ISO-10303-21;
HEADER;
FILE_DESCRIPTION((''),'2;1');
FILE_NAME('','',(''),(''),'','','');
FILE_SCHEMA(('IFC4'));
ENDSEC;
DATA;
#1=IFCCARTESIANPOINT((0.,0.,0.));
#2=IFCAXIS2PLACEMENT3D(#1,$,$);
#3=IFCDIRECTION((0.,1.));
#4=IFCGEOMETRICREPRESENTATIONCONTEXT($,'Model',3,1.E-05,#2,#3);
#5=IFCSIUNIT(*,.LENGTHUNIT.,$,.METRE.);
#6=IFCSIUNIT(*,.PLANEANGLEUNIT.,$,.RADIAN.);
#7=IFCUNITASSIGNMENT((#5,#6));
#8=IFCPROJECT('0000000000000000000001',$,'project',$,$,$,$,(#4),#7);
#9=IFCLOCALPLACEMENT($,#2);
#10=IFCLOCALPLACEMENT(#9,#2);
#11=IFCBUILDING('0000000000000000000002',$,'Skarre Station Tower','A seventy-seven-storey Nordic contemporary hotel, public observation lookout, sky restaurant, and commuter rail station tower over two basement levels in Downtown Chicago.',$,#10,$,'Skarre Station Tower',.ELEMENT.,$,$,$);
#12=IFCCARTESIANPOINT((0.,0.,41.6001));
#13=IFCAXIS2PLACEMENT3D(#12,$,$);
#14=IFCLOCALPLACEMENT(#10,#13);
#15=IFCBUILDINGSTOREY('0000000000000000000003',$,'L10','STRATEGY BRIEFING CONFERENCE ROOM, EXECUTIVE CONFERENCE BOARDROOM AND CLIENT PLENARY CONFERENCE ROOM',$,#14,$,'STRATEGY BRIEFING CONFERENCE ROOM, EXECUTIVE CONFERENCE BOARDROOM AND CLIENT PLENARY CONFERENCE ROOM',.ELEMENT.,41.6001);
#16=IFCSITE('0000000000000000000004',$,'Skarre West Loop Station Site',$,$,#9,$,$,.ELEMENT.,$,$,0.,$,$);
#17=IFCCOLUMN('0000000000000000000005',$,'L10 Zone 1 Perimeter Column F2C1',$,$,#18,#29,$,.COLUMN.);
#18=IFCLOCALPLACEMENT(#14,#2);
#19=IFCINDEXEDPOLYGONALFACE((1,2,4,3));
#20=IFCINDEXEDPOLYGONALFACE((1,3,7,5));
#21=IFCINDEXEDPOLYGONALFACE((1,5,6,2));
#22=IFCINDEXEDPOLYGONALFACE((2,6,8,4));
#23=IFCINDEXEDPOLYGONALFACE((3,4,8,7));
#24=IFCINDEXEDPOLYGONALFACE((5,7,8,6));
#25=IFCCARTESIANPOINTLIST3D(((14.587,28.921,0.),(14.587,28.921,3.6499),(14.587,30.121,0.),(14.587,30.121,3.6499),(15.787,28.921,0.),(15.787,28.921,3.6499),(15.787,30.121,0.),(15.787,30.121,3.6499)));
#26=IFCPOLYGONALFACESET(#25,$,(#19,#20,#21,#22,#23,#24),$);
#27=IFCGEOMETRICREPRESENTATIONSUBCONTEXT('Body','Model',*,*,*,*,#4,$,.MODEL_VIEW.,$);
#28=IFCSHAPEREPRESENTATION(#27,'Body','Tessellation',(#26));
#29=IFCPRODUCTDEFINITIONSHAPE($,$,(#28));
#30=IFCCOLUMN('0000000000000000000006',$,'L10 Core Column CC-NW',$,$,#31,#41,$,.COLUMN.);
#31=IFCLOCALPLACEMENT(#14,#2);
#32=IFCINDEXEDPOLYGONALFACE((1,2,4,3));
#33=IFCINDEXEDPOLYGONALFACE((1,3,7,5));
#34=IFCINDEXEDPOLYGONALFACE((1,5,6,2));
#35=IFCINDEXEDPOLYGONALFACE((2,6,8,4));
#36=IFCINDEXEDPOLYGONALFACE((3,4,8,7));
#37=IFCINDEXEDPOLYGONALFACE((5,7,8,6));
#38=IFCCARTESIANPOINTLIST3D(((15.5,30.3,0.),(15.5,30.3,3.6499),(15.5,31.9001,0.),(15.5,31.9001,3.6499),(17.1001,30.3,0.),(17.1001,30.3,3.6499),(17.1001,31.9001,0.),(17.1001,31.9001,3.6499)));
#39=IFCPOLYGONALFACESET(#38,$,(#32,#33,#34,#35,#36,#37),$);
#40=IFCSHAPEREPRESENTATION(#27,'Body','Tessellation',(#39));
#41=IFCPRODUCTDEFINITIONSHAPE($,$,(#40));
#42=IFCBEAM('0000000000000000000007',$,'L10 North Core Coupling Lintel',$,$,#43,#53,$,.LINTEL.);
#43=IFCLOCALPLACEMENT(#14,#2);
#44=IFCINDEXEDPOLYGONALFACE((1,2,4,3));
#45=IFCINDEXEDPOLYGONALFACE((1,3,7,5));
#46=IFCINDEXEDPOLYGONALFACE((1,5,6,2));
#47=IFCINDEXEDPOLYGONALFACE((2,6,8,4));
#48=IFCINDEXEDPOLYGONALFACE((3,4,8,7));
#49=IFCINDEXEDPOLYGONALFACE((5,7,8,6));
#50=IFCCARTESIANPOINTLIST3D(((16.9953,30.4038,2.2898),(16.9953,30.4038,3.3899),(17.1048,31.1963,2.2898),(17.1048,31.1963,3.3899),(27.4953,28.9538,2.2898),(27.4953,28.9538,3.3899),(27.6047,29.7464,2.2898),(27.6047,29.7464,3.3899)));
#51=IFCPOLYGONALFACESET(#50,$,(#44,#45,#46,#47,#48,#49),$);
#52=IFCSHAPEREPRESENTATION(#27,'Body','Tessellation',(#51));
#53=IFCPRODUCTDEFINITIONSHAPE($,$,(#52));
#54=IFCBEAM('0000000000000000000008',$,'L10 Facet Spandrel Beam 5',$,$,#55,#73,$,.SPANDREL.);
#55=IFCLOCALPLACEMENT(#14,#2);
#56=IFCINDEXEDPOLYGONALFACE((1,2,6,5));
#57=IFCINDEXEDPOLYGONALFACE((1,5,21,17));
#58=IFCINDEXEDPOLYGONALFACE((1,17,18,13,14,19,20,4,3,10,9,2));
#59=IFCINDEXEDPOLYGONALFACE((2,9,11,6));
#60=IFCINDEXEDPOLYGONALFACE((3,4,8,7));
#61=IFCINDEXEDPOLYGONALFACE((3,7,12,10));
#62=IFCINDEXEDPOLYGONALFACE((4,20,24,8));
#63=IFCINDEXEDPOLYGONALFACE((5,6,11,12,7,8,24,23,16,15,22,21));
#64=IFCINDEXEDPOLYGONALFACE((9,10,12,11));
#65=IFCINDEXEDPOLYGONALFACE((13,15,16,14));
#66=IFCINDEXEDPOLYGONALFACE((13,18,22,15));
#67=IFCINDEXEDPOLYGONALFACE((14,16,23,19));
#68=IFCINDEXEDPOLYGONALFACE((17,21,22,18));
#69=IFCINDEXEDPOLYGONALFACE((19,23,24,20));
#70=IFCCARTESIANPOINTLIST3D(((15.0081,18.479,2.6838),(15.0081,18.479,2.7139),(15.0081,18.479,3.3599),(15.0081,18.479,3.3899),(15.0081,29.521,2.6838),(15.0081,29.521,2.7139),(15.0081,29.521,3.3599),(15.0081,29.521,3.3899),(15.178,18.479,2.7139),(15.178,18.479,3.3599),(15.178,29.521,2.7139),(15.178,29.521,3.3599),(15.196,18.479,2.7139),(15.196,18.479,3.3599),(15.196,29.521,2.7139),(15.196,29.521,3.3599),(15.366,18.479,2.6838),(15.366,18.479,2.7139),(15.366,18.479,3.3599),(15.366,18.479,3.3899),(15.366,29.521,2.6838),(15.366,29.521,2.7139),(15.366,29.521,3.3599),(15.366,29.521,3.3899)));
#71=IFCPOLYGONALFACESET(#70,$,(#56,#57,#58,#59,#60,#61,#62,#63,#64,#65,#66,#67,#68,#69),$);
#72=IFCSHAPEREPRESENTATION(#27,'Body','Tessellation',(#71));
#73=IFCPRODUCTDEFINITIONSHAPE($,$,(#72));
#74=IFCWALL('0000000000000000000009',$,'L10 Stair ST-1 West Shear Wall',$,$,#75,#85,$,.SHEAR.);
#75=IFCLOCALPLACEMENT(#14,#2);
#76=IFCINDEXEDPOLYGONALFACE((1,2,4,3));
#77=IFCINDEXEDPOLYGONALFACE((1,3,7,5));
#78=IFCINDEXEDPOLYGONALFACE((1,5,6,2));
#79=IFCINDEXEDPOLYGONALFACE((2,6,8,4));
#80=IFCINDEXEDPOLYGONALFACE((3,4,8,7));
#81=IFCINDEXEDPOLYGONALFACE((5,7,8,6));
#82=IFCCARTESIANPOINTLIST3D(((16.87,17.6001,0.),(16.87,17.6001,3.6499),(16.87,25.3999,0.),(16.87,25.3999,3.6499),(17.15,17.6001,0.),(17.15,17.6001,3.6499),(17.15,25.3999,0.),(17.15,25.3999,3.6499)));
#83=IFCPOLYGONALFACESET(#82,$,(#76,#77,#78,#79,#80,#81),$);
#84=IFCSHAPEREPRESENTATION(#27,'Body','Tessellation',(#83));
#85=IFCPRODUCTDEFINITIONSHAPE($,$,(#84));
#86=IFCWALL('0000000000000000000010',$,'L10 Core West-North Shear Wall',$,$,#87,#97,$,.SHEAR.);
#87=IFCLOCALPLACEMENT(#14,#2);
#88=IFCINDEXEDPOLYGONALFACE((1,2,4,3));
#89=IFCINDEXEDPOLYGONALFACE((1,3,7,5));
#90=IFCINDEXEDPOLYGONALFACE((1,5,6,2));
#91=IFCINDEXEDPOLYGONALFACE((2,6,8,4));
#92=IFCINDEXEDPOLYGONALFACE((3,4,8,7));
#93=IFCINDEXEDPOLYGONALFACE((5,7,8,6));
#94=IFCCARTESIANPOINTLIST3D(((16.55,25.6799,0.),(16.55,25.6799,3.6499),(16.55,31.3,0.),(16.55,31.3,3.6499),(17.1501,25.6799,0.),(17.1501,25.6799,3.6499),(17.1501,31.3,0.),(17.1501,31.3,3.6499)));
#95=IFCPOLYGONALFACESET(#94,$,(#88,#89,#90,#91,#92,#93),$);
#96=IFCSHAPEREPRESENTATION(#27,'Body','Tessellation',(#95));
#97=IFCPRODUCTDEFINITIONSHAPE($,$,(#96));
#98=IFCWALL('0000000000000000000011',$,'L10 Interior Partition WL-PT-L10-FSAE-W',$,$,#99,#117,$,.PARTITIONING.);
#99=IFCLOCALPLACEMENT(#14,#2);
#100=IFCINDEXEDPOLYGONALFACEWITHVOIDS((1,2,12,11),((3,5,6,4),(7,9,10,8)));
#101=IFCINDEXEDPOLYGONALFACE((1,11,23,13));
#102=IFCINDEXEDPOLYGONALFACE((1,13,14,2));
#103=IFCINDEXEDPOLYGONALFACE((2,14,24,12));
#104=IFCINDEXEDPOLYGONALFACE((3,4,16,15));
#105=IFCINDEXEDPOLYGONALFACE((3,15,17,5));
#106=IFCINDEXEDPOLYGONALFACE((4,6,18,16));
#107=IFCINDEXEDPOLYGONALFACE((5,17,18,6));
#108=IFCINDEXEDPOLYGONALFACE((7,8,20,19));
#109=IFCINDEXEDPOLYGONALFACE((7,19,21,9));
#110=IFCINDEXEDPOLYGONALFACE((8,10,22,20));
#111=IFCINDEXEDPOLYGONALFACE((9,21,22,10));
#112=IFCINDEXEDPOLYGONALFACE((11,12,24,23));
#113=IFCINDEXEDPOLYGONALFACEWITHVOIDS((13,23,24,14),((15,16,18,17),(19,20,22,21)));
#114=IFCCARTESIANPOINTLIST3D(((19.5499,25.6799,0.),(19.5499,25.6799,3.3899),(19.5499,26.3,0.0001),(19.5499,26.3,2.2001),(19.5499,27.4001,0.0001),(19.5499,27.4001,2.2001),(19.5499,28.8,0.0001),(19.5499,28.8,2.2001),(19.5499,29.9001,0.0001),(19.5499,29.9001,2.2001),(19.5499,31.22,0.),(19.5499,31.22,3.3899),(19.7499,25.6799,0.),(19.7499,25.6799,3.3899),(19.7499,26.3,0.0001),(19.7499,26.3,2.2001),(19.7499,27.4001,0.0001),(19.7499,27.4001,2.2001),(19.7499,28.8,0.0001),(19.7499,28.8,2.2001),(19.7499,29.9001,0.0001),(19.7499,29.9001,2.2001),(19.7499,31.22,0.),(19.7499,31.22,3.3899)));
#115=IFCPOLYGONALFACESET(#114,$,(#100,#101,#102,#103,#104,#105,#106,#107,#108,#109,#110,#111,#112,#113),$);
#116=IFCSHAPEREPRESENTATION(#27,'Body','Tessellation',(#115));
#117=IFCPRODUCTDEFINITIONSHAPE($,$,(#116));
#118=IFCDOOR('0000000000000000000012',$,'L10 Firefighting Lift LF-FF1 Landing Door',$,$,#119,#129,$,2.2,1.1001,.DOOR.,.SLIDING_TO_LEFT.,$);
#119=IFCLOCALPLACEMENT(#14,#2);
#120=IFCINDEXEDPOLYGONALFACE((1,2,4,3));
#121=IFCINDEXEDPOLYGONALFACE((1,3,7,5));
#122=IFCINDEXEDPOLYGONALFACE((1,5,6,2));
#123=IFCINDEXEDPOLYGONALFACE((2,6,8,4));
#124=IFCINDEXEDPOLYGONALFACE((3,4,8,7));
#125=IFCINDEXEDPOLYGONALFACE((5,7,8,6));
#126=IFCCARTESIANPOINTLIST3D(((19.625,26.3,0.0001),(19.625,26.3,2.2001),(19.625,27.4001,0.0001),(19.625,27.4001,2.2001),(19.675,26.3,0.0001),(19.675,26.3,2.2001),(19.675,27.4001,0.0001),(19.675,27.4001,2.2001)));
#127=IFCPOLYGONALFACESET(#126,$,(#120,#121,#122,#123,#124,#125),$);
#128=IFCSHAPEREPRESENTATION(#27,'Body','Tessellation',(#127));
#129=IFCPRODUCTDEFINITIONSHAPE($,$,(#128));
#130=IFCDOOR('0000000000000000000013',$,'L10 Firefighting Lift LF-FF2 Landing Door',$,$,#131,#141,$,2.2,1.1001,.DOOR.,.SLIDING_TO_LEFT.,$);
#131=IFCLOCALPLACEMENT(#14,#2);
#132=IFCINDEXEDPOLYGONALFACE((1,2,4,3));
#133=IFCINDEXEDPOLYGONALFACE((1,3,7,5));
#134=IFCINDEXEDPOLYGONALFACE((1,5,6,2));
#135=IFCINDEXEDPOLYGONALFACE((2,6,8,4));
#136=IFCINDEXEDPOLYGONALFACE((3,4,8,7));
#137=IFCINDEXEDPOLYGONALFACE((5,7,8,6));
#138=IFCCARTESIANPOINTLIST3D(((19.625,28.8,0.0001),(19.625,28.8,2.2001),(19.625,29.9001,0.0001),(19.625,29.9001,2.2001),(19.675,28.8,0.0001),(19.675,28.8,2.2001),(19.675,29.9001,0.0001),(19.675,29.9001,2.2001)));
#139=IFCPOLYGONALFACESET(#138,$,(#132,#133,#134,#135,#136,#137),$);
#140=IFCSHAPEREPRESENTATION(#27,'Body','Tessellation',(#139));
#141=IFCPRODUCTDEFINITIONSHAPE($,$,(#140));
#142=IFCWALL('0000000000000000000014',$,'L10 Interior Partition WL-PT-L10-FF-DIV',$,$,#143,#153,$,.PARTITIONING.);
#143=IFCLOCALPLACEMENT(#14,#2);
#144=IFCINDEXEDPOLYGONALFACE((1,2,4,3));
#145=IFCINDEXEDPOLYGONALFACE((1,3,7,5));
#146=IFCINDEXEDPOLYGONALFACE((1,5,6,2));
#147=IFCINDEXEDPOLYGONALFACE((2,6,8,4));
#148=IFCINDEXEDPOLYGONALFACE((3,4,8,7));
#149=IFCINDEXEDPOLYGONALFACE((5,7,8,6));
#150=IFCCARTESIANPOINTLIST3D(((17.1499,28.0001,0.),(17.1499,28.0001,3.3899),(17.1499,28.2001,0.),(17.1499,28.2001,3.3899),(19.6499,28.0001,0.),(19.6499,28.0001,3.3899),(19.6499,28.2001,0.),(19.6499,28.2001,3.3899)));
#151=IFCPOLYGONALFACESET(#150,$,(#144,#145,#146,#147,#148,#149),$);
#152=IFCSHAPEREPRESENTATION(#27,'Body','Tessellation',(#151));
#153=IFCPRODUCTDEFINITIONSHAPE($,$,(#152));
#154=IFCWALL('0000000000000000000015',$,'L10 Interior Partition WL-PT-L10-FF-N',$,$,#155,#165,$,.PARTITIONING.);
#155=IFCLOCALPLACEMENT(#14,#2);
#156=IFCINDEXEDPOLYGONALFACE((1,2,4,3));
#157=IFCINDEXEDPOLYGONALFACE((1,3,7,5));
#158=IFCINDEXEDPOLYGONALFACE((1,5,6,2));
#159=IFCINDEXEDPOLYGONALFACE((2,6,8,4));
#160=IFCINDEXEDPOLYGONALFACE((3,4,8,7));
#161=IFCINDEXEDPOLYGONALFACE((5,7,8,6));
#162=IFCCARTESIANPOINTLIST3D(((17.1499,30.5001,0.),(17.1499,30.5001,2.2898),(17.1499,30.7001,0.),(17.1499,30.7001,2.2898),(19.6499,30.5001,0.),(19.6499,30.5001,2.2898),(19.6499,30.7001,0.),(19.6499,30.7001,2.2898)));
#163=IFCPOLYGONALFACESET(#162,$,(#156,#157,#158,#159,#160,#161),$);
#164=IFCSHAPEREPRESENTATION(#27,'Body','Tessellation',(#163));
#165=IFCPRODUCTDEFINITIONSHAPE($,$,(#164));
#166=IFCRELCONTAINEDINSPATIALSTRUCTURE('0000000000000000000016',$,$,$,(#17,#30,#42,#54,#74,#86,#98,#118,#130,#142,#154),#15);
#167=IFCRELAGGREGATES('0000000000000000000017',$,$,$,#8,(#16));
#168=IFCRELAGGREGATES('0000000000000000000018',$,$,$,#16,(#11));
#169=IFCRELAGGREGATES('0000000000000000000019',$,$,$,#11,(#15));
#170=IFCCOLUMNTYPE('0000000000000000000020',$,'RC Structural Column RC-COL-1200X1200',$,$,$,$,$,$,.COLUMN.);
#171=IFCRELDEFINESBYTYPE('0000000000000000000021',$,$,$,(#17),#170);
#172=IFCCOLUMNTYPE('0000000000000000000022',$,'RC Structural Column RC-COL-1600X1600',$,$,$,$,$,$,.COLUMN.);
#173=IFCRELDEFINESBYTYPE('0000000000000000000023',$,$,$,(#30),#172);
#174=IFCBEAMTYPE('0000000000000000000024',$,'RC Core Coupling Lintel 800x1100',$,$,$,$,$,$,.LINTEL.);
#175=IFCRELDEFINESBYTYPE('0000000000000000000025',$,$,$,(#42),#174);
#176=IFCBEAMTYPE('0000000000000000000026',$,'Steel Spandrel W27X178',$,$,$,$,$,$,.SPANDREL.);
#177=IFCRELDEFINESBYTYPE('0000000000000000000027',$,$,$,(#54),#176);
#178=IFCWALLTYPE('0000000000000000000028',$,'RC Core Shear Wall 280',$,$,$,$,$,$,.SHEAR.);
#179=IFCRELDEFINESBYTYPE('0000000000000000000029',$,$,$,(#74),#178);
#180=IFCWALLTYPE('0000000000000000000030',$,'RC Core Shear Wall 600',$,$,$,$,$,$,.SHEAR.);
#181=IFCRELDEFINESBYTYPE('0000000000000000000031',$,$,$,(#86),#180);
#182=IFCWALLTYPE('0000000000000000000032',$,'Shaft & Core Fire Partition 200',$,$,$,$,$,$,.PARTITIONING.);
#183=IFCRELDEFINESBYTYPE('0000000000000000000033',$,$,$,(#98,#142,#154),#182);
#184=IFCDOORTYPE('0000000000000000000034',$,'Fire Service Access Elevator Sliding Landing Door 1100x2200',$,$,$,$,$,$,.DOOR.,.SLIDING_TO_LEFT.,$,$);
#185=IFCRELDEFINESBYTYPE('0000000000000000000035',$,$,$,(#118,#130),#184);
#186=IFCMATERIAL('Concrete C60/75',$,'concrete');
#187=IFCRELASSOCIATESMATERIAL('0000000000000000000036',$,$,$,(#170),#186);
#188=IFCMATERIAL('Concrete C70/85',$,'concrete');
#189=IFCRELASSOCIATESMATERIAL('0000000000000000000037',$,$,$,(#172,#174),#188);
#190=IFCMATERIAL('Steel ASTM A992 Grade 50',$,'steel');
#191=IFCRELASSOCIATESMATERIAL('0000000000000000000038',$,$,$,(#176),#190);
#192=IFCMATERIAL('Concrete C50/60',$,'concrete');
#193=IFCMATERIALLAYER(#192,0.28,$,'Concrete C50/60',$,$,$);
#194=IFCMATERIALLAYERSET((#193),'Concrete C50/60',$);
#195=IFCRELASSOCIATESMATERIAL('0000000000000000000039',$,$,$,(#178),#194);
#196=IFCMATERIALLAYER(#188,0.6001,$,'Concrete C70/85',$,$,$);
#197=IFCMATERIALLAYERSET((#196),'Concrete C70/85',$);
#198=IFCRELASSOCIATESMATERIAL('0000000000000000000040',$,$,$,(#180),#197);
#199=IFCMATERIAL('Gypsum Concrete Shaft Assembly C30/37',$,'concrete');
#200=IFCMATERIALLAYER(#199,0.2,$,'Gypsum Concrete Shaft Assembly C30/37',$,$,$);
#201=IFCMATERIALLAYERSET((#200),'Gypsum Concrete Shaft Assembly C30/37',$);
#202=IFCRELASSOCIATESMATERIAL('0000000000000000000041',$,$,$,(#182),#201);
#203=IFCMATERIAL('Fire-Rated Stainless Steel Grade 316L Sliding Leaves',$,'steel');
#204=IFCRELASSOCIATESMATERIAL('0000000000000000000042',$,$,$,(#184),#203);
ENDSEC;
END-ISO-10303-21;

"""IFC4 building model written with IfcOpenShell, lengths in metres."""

from ifc_helpers import new_model, si_unit, direction, frame, frame_2d, origin, origin_2d, place, context, subcontext, project, spatial, rectangle, i_section, extrude, material, layer, layer_set, material_profile, profile_set, type_object, element, fill, save


model = new_model("IFC4")

# Units and contexts
model_context = context("Model", 3, precision=1e-05, world=origin(), true_north=direction((0.0, 1.0)))
body_context = subcontext(model_context, "Body", "Model", "MODEL_VIEW")
ifc_project = project(units=[si_unit("LENGTHUNIT", "METRE"), si_unit("PLANEANGLEUNIT", "RADIAN")], contexts=[model_context])

# Site, building, storey
site_placement = place(None, origin())
site = spatial("IfcSite", under=ifc_project, at=site_placement, Name="Skarre West Loop Station Site", CompositionType="ELEMENT", RefElevation=0.0)
building_placement = place(site_placement, origin())
building = spatial("IfcBuilding", under=site, at=building_placement, Name="Skarre Station Tower", Description="A seventy-seven-storey Nordic contemporary hotel, public observation lookout, sky restaurant, and commuter rail station tower over two basement levels in Downtown Chicago.", LongName="Skarre Station Tower", CompositionType="ELEMENT")
storey_placement = place(building_placement, frame((0.0, 0.0, 41.6001)))
storey = spatial("IfcBuildingStorey", under=building, at=storey_placement, Name="L10", Description="STRATEGY BRIEFING CONFERENCE ROOM, EXECUTIVE CONFERENCE BOARDROOM AND CLIENT PLENARY CONFERENCE ROOM", LongName="STRATEGY BRIEFING CONFERENCE ROOM, EXECUTIVE CONFERENCE BOARDROOM AND CLIENT PLENARY CONFERENCE ROOM", CompositionType="ELEMENT", Elevation=41.6001)

# Columns
ifc_material_1 = material(Name="Concrete C60/75", Category="concrete")
ifc_material_profile_1 = material_profile(ifc_material_1, rectangle(XDim=1.2, YDim=1.2, at=origin_2d()), Name="Concrete C60/75")
ifc_profile_set_1 = profile_set([ifc_material_profile_1], Name="Concrete C60/75")
column_type_1 = type_object("IfcColumnType", Name="RC Structural Column RC-COL-1200X1200", PredefinedType="COLUMN", material=ifc_profile_set_1)
column_1_placement = place(storey_placement, frame((15.187, 29.521, 0.0), z_axis=(0.0, 0.0, 1.0), x_axis=(1.0, 0.0, 0.0)))
element("IfcColumn", 1, at=column_1_placement, inside=storey, type_object=column_type_1, Name="L10 Zone 1 Perimeter Column F2C1", PredefinedType="COLUMN", context=body_context, shape_type="SweptSolid", body=[
    extrude(rectangle(XDim=1.2, YDim=1.2, at=origin_2d()), origin(), (0.0, 0.0, 1.0), 3.6499),
])
ifc_material_2 = material(Name="Concrete C70/85", Category="concrete")
ifc_material_profile_2 = material_profile(ifc_material_2, rectangle(XDim=1.6001, YDim=1.6001, at=origin_2d()), Name="Concrete C70/85")
ifc_profile_set_2 = profile_set([ifc_material_profile_2], Name="Concrete C70/85")
column_type_2 = type_object("IfcColumnType", Name="RC Structural Column RC-COL-1600X1600", PredefinedType="COLUMN", material=ifc_profile_set_2)
column_2_placement = place(storey_placement, frame((16.3, 31.1001, 0.0), z_axis=(0.0, 0.0, 1.0), x_axis=(1.0, 0.0, 0.0)))
element("IfcColumn", 2, at=column_2_placement, inside=storey, type_object=column_type_2, Name="L10 Core Column CC-NW", PredefinedType="COLUMN", context=body_context, shape_type="SweptSolid", body=[
    extrude(rectangle(XDim=1.6001, YDim=1.6001, at=origin_2d()), origin(), (0.0, 0.0, 1.0), 3.6499),
])

# Beams
ifc_material_profile_3 = material_profile(ifc_material_2, rectangle(XDim=0.8, YDim=1.1001, at=origin_2d()), Name="Concrete C70/85")
ifc_profile_set_3 = profile_set([ifc_material_profile_3], Name="Concrete C70/85")
beam_type_1 = type_object("IfcBeamType", Name="RC Core Coupling Lintel 800x1100", PredefinedType="LINTEL", material=ifc_profile_set_3)
beam_1_placement = place(storey_placement, frame((17.05, 30.8, 2.8398), z_axis=(0.9906, -0.136792, 0.0), x_axis=(0.136792, 0.9906, 0.0)))
element("IfcBeam", 3, at=beam_1_placement, inside=storey, type_object=beam_type_1, Name="L10 North Core Coupling Lintel", PredefinedType="LINTEL", context=body_context, shape_type="SweptSolid", body=[
    extrude(rectangle(XDim=0.8, YDim=1.1001, at=origin_2d()), origin(), (0.0, 0.0, 1.0), 10.5996),
])
ifc_material_3 = material(Name="Steel ASTM A992 Grade 50", Category="steel")
ifc_material_profile_4 = material_profile(ifc_material_3, i_section(OverallWidth=0.3579, OverallDepth=0.7061, WebThickness=0.0181, FlangeThickness=0.03, at=origin_2d()), Name="Steel ASTM A992 Grade 50")
ifc_profile_set_4 = profile_set([ifc_material_profile_4], Name="Steel ASTM A992 Grade 50")
beam_type_2 = type_object("IfcBeamType", Name="Steel Spandrel W27X178", PredefinedType="SPANDREL", material=ifc_profile_set_4)
beam_2_placement = place(storey_placement, frame((15.187, 29.521, 3.0369), z_axis=(0.0, -1.0, 0.0), x_axis=(1.0, 0.0, 0.0)))
element("IfcBeam", 4, at=beam_2_placement, inside=storey, type_object=beam_type_2, Name="L10 Facet Spandrel Beam 5", PredefinedType="SPANDREL", context=body_context, shape_type="SweptSolid", body=[
    extrude(i_section(OverallWidth=0.3579, OverallDepth=0.7061, WebThickness=0.0181, FlangeThickness=0.03, at=origin_2d()), origin(), (0.0, 0.0, 1.0), 11.042),
])

# Walls
ifc_material_4 = material(Name="Concrete C50/60", Category="concrete")
ifc_layer_1 = layer(ifc_material_4, 0.28, Name="Concrete C50/60")
ifc_layer_set_1 = layer_set([ifc_layer_1], Name="Concrete C50/60")
wall_type_1 = type_object("IfcWallType", Name="RC Core Shear Wall 280", PredefinedType="SHEAR", material=ifc_layer_set_1)
wall_1_placement = place(storey_placement, frame((17.01, 25.3999, 0.0), z_axis=(0.0, 0.0, 1.0), x_axis=(0.0, -1.0, 0.0)))
element("IfcWall", 5, at=wall_1_placement, inside=storey, type_object=wall_type_1, Name="L10 Stair ST-1 West Shear Wall", PredefinedType="SHEAR", context=body_context, shape_type="SweptSolid", body=[
    extrude(rectangle(XDim=7.7998, YDim=0.28, at=frame_2d((3.8999, 0.0))), origin(), (0.0, 0.0, 1.0), 3.6499),
])
ifc_layer_2 = layer(ifc_material_2, 0.6001, Name="Concrete C70/85")
ifc_layer_set_2 = layer_set([ifc_layer_2], Name="Concrete C70/85")
wall_type_2 = type_object("IfcWallType", Name="RC Core Shear Wall 600", PredefinedType="SHEAR", material=ifc_layer_set_2)
wall_2_placement = place(storey_placement, frame((16.8501, 25.6799, 0.0), z_axis=(0.0, 0.0, 1.0), x_axis=(0.0, 1.0, 0.0)))
element("IfcWall", 6, at=wall_2_placement, inside=storey, type_object=wall_type_2, Name="L10 Core West-North Shear Wall", PredefinedType="SHEAR", context=body_context, shape_type="SweptSolid", body=[
    extrude(rectangle(XDim=5.6201, YDim=0.6001, at=frame_2d((2.8101, 0.0))), origin(), (0.0, 0.0, 1.0), 3.6499),
])

# Wall, openings, doors
ifc_material_5 = material(Name="Gypsum Concrete Shaft Assembly C30/37", Category="concrete")
ifc_layer_3 = layer(ifc_material_5, 0.2, Name="Gypsum Concrete Shaft Assembly C30/37")
ifc_layer_set_3 = layer_set([ifc_layer_3], Name="Gypsum Concrete Shaft Assembly C30/37")
wall_type_3 = type_object("IfcWallType", Name="Shaft & Core Fire Partition 200", PredefinedType="PARTITIONING", material=ifc_layer_set_3)
wall_3_placement = place(storey_placement, frame((19.6499, 25.6799, 0.0), z_axis=(0.0, 0.0, 1.0), x_axis=(0.0, 1.0, 0.0)))
wall_3 = element("IfcWall", 7, at=wall_3_placement, inside=storey, type_object=wall_type_3, Name="L10 Interior Partition WL-PT-L10-FSAE-W", PredefinedType="PARTITIONING", context=body_context, shape_type="SweptSolid", body=[
    extrude(rectangle(XDim=5.54, YDim=0.2, at=frame_2d((2.77, 0.0))), origin(), (0.0, 0.0, 1.0), 3.3899),
])
opening_1_placement = place(wall_3_placement, frame((0.6201, 0.0, 0.0)))
opening_1 = element("IfcOpeningElement", 8, at=opening_1_placement, cuts=wall_3, PredefinedType="OPENING", context=body_context, shape_type="SweptSolid", body=[
    extrude(rectangle(XDim=1.1001, YDim=2.2, at=frame_2d((0.55, 1.1001))), frame((0.0, 0.1099, 0.0), z_axis=(0.0, -1.0, 0.0), x_axis=(1.0, 0.0, 0.0)), (0.0, 0.0, 1.0), 0.22),
])
opening_2_placement = place(wall_3_placement, frame((3.1201, 0.0, 0.0)))
opening_2 = element("IfcOpeningElement", 9, at=opening_2_placement, cuts=wall_3, PredefinedType="OPENING", context=body_context, shape_type="SweptSolid", body=[
    extrude(rectangle(XDim=1.1001, YDim=2.2, at=frame_2d((0.55, 1.1001))), frame((0.0, 0.1099, 0.0), z_axis=(0.0, -1.0, 0.0), x_axis=(1.0, 0.0, 0.0)), (0.0, 0.0, 1.0), 0.22),
])
ifc_material_6 = material(Name="Fire-Rated Stainless Steel Grade 316L Sliding Leaves", Category="steel")
door_type = type_object("IfcDoorType", Name="Fire Service Access Elevator Sliding Landing Door 1100x2200", OperationType="SLIDING_TO_LEFT", PredefinedType="DOOR", material=ifc_material_6)
door_1_placement = place(opening_1_placement, origin())
door_1 = element("IfcDoor", 10, at=door_1_placement, inside=storey, type_object=door_type, Name="L10 Firefighting Lift LF-FF1 Landing Door", OperationType="SLIDING_TO_LEFT", OverallHeight=2.2, OverallWidth=1.1001, PredefinedType="DOOR", context=body_context, shape_type="SweptSolid", body=[
    extrude(rectangle(XDim=1.1001, YDim=2.2, at=frame_2d((0.55, 1.1001))), frame((0.0, 0.0249, 0.0), z_axis=(0.0, -1.0, 0.0), x_axis=(1.0, 0.0, 0.0)), (0.0, 0.0, 1.0), 0.05),
])
fill(opening_1, door_1)
door_2_placement = place(opening_2_placement, origin())
door_2 = element("IfcDoor", 11, at=door_2_placement, inside=storey, type_object=door_type, Name="L10 Firefighting Lift LF-FF2 Landing Door", OperationType="SLIDING_TO_LEFT", OverallHeight=2.2, OverallWidth=1.1001, PredefinedType="DOOR", context=body_context, shape_type="SweptSolid", body=[
    extrude(rectangle(XDim=1.1001, YDim=2.2, at=frame_2d((0.55, 1.1001))), frame((0.0, 0.0249, 0.0), z_axis=(0.0, -1.0, 0.0), x_axis=(1.0, 0.0, 0.0)), (0.0, 0.0, 1.0), 0.05),
])
fill(opening_2, door_2)

# Walls
wall_4_placement = place(storey_placement, frame((17.1499, 28.1001, 0.0), z_axis=(0.0, 0.0, 1.0), x_axis=(1.0, 0.0, 0.0)))
element("IfcWall", 12, at=wall_4_placement, inside=storey, type_object=wall_type_3, Name="L10 Interior Partition WL-PT-L10-FF-DIV", PredefinedType="PARTITIONING", context=body_context, shape_type="SweptSolid", body=[
    extrude(rectangle(XDim=2.5, YDim=0.2, at=frame_2d((1.25, 0.0))), origin(), (0.0, 0.0, 1.0), 3.3899),
])
wall_5_placement = place(storey_placement, frame((19.6499, 30.6001, 0.0), z_axis=(0.0, 0.0, 1.0), x_axis=(-1.0, 0.0, 0.0)))
element("IfcWall", 13, at=wall_5_placement, inside=storey, type_object=wall_type_3, Name="L10 Interior Partition WL-PT-L10-FF-N", PredefinedType="PARTITIONING", context=body_context, shape_type="SweptSolid", body=[
    extrude(rectangle(XDim=2.5, YDim=0.2, at=frame_2d((1.25, 0.0))), origin(), (0.0, 0.0, 1.0), 2.2898),
])

save(model, "model.ifc")
